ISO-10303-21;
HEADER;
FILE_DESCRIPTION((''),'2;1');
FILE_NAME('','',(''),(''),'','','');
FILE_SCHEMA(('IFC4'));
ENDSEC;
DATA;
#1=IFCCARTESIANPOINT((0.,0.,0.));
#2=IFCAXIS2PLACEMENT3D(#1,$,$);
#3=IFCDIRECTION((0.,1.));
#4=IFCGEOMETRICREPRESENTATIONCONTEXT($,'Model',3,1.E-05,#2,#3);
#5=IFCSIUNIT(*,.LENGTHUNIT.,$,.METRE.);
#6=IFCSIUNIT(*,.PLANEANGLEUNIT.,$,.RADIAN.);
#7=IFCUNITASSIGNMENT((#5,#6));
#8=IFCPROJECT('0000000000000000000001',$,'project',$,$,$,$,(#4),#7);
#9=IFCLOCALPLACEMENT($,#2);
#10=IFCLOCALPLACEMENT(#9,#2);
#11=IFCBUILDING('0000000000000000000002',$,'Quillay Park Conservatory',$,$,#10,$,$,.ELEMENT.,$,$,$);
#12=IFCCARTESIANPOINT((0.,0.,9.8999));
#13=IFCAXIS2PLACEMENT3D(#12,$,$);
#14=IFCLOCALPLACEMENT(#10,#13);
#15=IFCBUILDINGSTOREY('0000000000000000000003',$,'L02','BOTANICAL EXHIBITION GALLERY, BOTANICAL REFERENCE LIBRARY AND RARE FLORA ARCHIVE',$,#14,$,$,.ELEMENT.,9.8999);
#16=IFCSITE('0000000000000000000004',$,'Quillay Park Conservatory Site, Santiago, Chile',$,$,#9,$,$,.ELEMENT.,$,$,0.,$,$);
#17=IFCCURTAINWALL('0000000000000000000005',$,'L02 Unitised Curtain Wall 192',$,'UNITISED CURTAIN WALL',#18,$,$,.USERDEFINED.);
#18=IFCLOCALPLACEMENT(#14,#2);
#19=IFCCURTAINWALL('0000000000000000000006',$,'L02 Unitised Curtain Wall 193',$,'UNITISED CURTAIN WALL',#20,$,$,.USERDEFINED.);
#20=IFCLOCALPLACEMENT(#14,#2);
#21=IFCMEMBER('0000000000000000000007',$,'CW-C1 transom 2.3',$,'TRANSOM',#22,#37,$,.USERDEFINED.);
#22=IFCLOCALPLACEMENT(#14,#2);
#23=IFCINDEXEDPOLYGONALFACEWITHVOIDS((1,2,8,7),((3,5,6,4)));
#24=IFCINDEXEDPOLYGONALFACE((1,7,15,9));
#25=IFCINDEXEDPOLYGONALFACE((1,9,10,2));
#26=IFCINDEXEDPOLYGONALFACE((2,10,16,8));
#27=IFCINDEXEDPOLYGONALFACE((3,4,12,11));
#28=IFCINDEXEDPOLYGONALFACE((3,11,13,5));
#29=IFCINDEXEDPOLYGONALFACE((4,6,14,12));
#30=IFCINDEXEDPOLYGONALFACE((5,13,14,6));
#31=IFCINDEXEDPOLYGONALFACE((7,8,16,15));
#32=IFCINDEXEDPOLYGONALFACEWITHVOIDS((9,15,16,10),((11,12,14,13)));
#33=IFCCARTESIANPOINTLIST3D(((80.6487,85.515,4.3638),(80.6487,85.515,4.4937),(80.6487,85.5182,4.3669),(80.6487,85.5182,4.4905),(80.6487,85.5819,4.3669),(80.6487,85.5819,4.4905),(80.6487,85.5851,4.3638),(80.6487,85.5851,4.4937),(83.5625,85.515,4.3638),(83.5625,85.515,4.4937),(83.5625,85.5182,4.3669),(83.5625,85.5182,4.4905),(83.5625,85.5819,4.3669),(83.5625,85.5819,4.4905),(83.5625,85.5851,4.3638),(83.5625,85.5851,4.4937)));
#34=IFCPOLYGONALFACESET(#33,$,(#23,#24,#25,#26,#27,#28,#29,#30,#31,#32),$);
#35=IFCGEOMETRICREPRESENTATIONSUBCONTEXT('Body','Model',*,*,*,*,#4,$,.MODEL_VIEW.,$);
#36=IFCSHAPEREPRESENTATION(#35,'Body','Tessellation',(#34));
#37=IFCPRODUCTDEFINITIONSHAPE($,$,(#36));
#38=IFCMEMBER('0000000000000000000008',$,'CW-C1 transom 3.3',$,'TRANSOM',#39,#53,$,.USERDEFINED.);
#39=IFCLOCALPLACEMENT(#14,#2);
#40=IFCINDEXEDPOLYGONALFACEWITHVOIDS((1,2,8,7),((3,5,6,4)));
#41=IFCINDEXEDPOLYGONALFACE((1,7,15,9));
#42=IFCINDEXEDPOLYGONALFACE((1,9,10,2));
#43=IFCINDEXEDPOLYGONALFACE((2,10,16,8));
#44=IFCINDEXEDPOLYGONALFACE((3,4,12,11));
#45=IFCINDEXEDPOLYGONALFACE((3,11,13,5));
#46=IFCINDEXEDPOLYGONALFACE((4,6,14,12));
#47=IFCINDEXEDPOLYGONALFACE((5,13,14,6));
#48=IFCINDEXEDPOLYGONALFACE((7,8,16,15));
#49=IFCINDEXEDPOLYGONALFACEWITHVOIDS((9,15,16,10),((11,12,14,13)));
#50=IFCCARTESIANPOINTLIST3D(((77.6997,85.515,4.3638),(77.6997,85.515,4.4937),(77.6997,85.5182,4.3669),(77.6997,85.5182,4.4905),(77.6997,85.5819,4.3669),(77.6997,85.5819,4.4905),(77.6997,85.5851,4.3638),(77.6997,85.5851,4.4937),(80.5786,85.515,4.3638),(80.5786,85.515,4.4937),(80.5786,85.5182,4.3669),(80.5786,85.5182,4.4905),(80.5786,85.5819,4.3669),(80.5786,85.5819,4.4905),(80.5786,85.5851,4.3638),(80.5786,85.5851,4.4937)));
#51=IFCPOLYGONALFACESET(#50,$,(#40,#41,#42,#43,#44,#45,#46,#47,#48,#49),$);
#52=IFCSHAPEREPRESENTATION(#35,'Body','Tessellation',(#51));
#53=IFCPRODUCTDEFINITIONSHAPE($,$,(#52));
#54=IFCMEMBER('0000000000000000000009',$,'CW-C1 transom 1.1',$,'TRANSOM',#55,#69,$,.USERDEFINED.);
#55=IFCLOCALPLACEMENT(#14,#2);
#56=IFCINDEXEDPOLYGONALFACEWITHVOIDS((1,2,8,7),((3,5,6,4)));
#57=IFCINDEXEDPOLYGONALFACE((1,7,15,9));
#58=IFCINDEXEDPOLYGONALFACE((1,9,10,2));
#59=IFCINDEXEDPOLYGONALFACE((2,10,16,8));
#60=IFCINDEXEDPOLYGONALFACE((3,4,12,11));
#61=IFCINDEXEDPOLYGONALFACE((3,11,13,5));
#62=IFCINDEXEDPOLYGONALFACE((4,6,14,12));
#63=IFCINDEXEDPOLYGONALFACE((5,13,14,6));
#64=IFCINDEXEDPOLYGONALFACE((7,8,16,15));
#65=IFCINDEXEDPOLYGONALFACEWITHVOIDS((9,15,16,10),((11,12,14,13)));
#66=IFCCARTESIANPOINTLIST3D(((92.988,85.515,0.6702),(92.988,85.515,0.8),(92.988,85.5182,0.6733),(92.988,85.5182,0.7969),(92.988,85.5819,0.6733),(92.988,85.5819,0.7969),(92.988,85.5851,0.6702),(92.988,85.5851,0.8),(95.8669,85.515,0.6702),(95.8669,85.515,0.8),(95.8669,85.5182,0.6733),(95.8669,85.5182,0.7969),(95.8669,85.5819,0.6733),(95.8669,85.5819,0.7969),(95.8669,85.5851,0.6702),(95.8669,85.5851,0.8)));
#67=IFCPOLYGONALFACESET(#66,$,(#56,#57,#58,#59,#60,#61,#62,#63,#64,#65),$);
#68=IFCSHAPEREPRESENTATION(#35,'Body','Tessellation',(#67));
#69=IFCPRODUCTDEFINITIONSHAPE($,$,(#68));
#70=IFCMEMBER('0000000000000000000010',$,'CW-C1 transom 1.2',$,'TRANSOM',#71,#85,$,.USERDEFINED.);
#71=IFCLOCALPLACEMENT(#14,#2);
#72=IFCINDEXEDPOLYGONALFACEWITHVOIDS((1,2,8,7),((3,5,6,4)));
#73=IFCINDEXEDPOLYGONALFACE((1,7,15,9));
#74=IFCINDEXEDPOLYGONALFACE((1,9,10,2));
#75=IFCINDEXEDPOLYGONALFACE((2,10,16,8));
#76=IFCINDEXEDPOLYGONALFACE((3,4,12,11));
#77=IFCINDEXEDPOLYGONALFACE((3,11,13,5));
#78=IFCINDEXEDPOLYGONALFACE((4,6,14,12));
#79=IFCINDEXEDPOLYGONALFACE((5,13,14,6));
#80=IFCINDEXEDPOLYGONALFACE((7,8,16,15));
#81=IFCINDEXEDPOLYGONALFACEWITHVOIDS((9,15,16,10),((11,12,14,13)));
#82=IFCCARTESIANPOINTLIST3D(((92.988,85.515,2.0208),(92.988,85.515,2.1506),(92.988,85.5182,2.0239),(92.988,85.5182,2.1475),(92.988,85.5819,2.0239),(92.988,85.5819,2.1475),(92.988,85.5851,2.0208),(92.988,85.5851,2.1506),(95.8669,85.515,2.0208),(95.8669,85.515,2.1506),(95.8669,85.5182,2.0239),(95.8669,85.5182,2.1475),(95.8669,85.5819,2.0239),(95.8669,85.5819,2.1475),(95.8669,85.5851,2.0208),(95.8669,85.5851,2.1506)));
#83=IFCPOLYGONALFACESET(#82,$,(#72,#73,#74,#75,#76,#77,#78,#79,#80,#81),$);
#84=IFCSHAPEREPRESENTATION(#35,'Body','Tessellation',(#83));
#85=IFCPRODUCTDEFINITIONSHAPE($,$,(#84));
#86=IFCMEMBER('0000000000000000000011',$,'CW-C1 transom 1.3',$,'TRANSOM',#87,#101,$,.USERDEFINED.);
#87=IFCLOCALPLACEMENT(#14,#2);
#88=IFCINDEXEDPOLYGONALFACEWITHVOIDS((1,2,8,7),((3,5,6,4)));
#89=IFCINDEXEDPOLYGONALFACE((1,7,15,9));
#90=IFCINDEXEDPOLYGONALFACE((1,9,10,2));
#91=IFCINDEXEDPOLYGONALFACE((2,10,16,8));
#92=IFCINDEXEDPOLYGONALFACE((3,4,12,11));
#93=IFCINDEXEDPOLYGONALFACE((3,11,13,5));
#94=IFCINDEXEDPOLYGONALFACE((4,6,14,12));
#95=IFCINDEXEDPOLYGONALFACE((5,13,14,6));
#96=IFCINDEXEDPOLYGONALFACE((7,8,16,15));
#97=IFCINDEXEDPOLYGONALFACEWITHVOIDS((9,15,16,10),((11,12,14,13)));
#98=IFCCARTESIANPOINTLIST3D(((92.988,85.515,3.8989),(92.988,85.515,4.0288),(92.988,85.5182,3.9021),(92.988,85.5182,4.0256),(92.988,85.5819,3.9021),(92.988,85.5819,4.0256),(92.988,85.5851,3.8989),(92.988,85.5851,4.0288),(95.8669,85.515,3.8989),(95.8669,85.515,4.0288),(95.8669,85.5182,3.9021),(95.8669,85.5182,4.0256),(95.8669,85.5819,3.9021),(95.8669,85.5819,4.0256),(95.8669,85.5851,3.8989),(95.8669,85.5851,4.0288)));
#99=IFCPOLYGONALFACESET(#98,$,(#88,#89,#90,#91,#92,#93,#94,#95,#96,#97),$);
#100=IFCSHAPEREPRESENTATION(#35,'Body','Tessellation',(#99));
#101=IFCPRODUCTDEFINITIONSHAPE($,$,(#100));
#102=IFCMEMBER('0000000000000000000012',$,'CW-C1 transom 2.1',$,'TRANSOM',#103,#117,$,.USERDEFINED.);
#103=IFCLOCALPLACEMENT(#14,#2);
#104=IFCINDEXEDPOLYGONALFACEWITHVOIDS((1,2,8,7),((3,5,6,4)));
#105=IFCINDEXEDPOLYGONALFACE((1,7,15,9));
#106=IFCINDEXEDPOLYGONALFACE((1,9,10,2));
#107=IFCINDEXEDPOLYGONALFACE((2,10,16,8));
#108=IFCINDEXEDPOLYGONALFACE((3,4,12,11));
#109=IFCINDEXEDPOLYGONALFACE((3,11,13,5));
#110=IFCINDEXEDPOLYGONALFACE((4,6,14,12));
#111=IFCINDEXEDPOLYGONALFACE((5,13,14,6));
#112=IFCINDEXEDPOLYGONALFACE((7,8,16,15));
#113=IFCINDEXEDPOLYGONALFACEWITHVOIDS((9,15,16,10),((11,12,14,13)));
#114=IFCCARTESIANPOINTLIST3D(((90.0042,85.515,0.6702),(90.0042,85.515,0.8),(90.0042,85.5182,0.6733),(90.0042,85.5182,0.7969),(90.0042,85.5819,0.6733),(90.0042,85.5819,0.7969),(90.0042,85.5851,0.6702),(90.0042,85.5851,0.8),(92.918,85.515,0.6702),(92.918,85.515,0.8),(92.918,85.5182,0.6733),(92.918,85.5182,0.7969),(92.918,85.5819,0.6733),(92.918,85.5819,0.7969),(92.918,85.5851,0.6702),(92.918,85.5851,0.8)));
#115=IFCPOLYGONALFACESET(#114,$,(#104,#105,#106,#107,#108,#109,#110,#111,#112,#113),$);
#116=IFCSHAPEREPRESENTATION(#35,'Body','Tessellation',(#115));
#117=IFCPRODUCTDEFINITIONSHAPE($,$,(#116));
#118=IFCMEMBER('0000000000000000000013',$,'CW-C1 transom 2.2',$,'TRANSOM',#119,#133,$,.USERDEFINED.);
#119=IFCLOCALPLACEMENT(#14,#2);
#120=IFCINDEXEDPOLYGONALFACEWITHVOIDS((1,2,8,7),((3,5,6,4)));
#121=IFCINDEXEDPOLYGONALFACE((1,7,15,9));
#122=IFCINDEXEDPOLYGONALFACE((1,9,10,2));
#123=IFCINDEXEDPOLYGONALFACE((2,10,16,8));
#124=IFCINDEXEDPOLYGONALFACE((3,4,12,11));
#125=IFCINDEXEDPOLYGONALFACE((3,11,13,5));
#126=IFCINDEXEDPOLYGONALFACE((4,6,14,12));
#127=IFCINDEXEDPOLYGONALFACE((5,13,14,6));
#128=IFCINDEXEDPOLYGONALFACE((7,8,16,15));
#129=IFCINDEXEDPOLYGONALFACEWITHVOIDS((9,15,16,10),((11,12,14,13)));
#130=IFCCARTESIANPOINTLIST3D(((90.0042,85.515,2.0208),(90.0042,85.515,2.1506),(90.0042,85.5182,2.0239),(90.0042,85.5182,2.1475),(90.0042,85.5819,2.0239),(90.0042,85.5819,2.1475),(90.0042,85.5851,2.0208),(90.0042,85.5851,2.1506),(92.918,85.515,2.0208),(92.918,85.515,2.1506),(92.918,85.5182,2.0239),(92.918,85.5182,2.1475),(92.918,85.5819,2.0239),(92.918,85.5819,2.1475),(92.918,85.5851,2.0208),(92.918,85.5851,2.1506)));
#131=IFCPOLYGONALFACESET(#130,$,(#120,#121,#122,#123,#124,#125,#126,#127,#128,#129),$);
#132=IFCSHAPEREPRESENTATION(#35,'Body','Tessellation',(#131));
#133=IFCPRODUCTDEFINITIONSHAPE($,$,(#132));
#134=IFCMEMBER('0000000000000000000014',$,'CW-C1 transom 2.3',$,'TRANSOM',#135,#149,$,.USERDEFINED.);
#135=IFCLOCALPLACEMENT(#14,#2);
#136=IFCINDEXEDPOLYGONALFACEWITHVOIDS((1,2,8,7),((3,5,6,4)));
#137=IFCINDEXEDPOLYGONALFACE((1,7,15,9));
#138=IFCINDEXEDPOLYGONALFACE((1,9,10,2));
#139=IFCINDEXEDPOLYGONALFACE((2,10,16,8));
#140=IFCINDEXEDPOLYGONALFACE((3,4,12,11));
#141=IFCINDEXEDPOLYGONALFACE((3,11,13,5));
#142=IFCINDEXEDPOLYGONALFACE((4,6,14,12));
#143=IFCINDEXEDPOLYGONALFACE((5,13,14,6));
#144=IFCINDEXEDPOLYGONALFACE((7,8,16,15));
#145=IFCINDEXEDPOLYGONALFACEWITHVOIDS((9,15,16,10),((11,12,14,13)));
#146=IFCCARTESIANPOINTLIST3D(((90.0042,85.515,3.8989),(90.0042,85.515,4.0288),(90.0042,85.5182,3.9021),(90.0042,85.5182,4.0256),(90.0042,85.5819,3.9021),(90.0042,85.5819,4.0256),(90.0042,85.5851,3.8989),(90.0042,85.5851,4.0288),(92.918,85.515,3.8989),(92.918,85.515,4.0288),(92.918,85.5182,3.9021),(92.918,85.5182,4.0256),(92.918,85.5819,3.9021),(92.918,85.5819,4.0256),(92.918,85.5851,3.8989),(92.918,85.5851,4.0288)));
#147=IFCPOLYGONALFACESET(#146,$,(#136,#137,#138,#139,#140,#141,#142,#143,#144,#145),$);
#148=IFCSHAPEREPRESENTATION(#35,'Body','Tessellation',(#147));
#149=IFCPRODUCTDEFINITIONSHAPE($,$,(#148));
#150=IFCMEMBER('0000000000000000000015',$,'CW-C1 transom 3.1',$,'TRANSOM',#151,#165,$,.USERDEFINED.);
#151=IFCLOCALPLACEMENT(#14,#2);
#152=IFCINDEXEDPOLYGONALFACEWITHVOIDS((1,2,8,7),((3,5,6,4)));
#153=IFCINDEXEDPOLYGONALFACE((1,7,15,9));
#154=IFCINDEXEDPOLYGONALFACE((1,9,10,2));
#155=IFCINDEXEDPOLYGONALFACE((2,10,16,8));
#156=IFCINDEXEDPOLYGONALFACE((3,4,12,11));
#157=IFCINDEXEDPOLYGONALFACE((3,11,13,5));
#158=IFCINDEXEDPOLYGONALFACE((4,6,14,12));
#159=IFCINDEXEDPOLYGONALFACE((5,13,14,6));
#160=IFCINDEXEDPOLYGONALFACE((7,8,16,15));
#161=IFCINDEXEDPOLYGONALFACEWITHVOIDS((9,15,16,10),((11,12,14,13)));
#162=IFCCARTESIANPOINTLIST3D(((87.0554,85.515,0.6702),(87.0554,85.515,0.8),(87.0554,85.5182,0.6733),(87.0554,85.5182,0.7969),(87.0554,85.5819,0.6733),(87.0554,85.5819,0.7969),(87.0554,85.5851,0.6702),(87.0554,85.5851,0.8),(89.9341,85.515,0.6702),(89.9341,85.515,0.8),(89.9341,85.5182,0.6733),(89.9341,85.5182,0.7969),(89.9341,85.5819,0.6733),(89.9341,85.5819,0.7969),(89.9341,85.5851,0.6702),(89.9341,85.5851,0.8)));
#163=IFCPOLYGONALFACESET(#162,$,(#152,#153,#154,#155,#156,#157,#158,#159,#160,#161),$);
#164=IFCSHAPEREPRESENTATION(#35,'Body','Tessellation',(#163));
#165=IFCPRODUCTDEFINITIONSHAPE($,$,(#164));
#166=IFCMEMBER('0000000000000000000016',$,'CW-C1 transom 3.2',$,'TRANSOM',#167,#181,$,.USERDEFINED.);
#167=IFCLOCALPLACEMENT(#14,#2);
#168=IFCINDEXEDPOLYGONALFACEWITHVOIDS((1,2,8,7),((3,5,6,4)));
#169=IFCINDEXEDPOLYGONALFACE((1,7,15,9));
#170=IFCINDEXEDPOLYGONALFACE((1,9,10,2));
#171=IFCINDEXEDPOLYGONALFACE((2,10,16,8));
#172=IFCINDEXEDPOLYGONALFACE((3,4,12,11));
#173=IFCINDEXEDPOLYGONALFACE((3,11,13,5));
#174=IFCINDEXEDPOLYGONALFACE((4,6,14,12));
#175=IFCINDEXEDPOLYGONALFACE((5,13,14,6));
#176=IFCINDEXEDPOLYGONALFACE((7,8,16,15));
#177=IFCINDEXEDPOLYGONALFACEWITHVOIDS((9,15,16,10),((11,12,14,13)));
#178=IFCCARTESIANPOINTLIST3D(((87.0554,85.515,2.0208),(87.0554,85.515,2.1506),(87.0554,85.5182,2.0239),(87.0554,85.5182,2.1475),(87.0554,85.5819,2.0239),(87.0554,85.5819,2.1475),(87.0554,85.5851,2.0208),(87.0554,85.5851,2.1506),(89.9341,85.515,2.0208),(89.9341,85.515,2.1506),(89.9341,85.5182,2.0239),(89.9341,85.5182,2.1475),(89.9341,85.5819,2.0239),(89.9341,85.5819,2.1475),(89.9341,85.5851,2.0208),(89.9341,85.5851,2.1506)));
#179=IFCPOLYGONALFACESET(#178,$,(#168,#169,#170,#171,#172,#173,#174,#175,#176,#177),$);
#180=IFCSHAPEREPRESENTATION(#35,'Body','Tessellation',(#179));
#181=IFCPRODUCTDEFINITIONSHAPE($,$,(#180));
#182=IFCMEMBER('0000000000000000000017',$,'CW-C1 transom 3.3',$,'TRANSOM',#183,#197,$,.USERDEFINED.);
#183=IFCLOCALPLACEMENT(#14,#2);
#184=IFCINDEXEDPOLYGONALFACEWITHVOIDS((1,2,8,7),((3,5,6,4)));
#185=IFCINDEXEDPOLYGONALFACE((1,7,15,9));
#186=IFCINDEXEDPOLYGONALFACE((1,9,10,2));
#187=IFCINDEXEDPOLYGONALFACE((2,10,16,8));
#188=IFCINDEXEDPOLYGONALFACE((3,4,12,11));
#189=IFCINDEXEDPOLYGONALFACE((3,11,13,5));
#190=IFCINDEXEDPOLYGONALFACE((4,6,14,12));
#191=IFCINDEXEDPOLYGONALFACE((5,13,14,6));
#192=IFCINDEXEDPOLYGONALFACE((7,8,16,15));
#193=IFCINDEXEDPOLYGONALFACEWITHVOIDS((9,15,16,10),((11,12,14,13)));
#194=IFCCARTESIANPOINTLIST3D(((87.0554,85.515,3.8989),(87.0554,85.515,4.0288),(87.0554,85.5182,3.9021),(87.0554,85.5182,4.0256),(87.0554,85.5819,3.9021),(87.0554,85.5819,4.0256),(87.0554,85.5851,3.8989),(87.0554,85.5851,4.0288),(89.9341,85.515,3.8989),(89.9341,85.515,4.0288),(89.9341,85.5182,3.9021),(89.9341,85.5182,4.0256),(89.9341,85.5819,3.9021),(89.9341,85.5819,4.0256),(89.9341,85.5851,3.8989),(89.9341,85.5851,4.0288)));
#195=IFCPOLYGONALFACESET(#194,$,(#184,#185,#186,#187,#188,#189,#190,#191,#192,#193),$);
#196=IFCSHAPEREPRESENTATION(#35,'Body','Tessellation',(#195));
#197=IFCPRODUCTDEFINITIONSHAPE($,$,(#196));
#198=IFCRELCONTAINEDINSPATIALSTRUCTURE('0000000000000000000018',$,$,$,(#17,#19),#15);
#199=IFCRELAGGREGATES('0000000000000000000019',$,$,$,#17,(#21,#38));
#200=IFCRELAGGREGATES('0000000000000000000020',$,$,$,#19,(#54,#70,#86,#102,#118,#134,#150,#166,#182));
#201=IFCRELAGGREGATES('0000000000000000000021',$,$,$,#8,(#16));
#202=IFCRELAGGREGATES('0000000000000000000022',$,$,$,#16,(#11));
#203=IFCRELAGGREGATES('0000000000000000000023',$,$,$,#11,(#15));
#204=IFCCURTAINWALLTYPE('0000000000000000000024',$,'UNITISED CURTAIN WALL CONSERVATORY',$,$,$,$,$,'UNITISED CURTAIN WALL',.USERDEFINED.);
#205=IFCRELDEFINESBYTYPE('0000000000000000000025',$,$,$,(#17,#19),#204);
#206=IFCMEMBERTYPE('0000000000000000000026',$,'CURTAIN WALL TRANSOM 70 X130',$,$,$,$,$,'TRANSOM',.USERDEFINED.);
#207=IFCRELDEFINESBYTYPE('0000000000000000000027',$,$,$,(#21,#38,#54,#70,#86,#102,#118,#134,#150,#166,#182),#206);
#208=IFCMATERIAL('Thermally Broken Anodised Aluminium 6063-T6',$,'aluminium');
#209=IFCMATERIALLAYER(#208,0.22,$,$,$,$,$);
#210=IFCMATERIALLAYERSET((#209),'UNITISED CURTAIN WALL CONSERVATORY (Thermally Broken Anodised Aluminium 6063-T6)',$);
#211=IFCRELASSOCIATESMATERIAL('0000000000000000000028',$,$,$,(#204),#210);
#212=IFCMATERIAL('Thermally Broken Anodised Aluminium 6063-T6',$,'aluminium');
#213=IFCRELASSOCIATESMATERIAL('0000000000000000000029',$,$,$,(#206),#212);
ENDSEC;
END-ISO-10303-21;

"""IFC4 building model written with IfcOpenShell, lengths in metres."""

from ifc_helpers import new_model, si_unit, direction, frame, origin, origin_2d, place, context, subcontext, project, spatial, hollow_rectangle, extrude, material, layer, layer_set, material_profile, profile_set, type_object, element, aggregate, save


model = new_model("IFC4")

# Units and contexts
model_context = context("Model", 3, precision=1e-05, world=origin(), true_north=direction((0.0, 1.0)))
body_context = subcontext(model_context, "Body", "Model", "MODEL_VIEW")
ifc_project = project(units=[si_unit("LENGTHUNIT", "METRE"), si_unit("PLANEANGLEUNIT", "RADIAN")], contexts=[model_context])

# Site, building, storey
site_placement = place(None, origin())
site = spatial("IfcSite", under=ifc_project, at=site_placement, Name="Quillay Park Conservatory Site, Santiago, Chile", CompositionType="ELEMENT", RefElevation=0.0)
building_placement = place(site_placement, origin())
building = spatial("IfcBuilding", under=site, at=building_placement, Name="Quillay Park Conservatory", CompositionType="ELEMENT")
storey_placement = place(building_placement, frame((0.0, 0.0, 9.8999)))
storey = spatial("IfcBuildingStorey", under=building, at=storey_placement, Name="L02", Description="BOTANICAL EXHIBITION GALLERY, BOTANICAL REFERENCE LIBRARY AND RARE FLORA ARCHIVE", CompositionType="ELEMENT", Elevation=9.8999)

# Curtain walls
ifc_material_1 = material(Name="Thermally Broken Anodised Aluminium 6063-T6", Category="aluminium")
ifc_layer_1 = layer(ifc_material_1, 0.22)
ifc_layer_set_1 = layer_set([ifc_layer_1], Name="UNITISED CURTAIN WALL CONSERVATORY (Thermally Broken Anodised Aluminium 6063-T6)")
curtain_wall_type = type_object("IfcCurtainWallType", Name="UNITISED CURTAIN WALL CONSERVATORY", ElementType="UNITISED CURTAIN WALL", PredefinedType="USERDEFINED", material=ifc_layer_set_1)
curtain_wall_1_placement = place(storey_placement, origin())
curtain_wall_1 = element("IfcCurtainWall", 1, at=curtain_wall_1_placement, inside=storey, type_object=curtain_wall_type, Name="L02 Unitised Curtain Wall 192", ObjectType="UNITISED CURTAIN WALL", PredefinedType="USERDEFINED")
curtain_wall_2_placement = place(storey_placement, origin())
curtain_wall_2 = element("IfcCurtainWall", 2, at=curtain_wall_2_placement, inside=storey, type_object=curtain_wall_type, Name="L02 Unitised Curtain Wall 193", ObjectType="UNITISED CURTAIN WALL", PredefinedType="USERDEFINED")

# Members
ifc_material_2 = material(Name="Thermally Broken Anodised Aluminium 6063-T6", Category="aluminium")
ifc_material_profile_1 = material_profile(ifc_material_2, hollow_rectangle(XDim=0.0701, YDim=0.1299, WallThickness=0.0032, at=origin_2d()), Name="AL70x130x3.2")
ifc_profile_set_1 = profile_set([ifc_material_profile_1], Name="Thermally Broken Anodised Aluminium 6063-T6")
member_type_1 = type_object("IfcMemberType", Name="CURTAIN WALL TRANSOM 70 X130", ElementType="TRANSOM", PredefinedType="USERDEFINED", material=ifc_profile_set_1)
member_1_placement = place(storey_placement, frame((83.5625, 85.55, 4.4287), z_axis=(-1.0, 0.0, 0.0), x_axis=(0.0, -1.0, 0.0)))
member_1 = element("IfcMember", 3, at=member_1_placement, type_object=member_type_1, Name="CW-C1 transom 2.3", ObjectType="TRANSOM", PredefinedType="USERDEFINED", context=body_context, shape_type="SweptSolid", body=[
    extrude(hollow_rectangle(XDim=0.0701, YDim=0.1299, WallThickness=0.0032, at=origin_2d()), origin(), (0.0, 0.0, 1.0), 2.9138),
])
member_2_placement = place(storey_placement, frame((80.5786, 85.55, 4.4287), z_axis=(-1.0, 0.0, 0.0), x_axis=(0.0, -1.0, 0.0)))
member_2 = element("IfcMember", 4, at=member_2_placement, type_object=member_type_1, Name="CW-C1 transom 3.3", ObjectType="TRANSOM", PredefinedType="USERDEFINED", context=body_context, shape_type="SweptSolid", body=[
    extrude(hollow_rectangle(XDim=0.0701, YDim=0.1299, WallThickness=0.0032, at=origin_2d()), origin(), (0.0, 0.0, 1.0), 2.8789),
])
member_3_placement = place(storey_placement, frame((95.8669, 85.55, 0.7351), z_axis=(-1.0, 0.0, 0.0), x_axis=(0.0, -1.0, 0.0)))
member_3 = element("IfcMember", 5, at=member_3_placement, type_object=member_type_1, Name="CW-C1 transom 1.1", ObjectType="TRANSOM", PredefinedType="USERDEFINED", context=body_context, shape_type="SweptSolid", body=[
    extrude(hollow_rectangle(XDim=0.0701, YDim=0.1299, WallThickness=0.0032, at=origin_2d()), origin(), (0.0, 0.0, 1.0), 2.8789),
])
member_4_placement = place(storey_placement, frame((95.8669, 85.55, 2.0857), z_axis=(-1.0, 0.0, 0.0), x_axis=(0.0, -1.0, 0.0)))
member_4 = element("IfcMember", 6, at=member_4_placement, type_object=member_type_1, Name="CW-C1 transom 1.2", ObjectType="TRANSOM", PredefinedType="USERDEFINED", context=body_context, shape_type="SweptSolid", body=[
    extrude(hollow_rectangle(XDim=0.0701, YDim=0.1299, WallThickness=0.0032, at=origin_2d()), origin(), (0.0, 0.0, 1.0), 2.8789),
])
member_5_placement = place(storey_placement, frame((95.8669, 85.55, 3.9639), z_axis=(-1.0, 0.0, 0.0), x_axis=(0.0, -1.0, 0.0)))
member_5 = element("IfcMember", 7, at=member_5_placement, type_object=member_type_1, Name="CW-C1 transom 1.3", ObjectType="TRANSOM", PredefinedType="USERDEFINED", context=body_context, shape_type="SweptSolid", body=[
    extrude(hollow_rectangle(XDim=0.0701, YDim=0.1299, WallThickness=0.0032, at=origin_2d()), origin(), (0.0, 0.0, 1.0), 2.8789),
])
member_6_placement = place(storey_placement, frame((92.918, 85.55, 0.7351), z_axis=(-1.0, 0.0, 0.0), x_axis=(0.0, -1.0, 0.0)))
member_6 = element("IfcMember", 8, at=member_6_placement, type_object=member_type_1, Name="CW-C1 transom 2.1", ObjectType="TRANSOM", PredefinedType="USERDEFINED", context=body_context, shape_type="SweptSolid", body=[
    extrude(hollow_rectangle(XDim=0.0701, YDim=0.1299, WallThickness=0.0032, at=origin_2d()), origin(), (0.0, 0.0, 1.0), 2.9138),
])
member_7_placement = place(storey_placement, frame((92.918, 85.55, 2.0857), z_axis=(-1.0, 0.0, 0.0), x_axis=(0.0, -1.0, 0.0)))
member_7 = element("IfcMember", 9, at=member_7_placement, type_object=member_type_1, Name="CW-C1 transom 2.2", ObjectType="TRANSOM", PredefinedType="USERDEFINED", context=body_context, shape_type="SweptSolid", body=[
    extrude(hollow_rectangle(XDim=0.0701, YDim=0.1299, WallThickness=0.0032, at=origin_2d()), origin(), (0.0, 0.0, 1.0), 2.9138),
])
member_8_placement = place(storey_placement, frame((92.918, 85.55, 3.9639), z_axis=(-1.0, 0.0, 0.0), x_axis=(0.0, -1.0, 0.0)))
member_8 = element("IfcMember", 10, at=member_8_placement, type_object=member_type_1, Name="CW-C1 transom 2.3", ObjectType="TRANSOM", PredefinedType="USERDEFINED", context=body_context, shape_type="SweptSolid", body=[
    extrude(hollow_rectangle(XDim=0.0701, YDim=0.1299, WallThickness=0.0032, at=origin_2d()), origin(), (0.0, 0.0, 1.0), 2.9138),
])
member_9_placement = place(storey_placement, frame((89.9341, 85.55, 0.7351), z_axis=(-1.0, 0.0, 0.0), x_axis=(0.0, -1.0, 0.0)))
member_9 = element("IfcMember", 11, at=member_9_placement, type_object=member_type_1, Name="CW-C1 transom 3.1", ObjectType="TRANSOM", PredefinedType="USERDEFINED", context=body_context, shape_type="SweptSolid", body=[
    extrude(hollow_rectangle(XDim=0.0701, YDim=0.1299, WallThickness=0.0032, at=origin_2d()), origin(), (0.0, 0.0, 1.0), 2.8787),
])
member_10_placement = place(storey_placement, frame((89.9341, 85.55, 2.0857), z_axis=(-1.0, 0.0, 0.0), x_axis=(0.0, -1.0, 0.0)))
member_10 = element("IfcMember", 12, at=member_10_placement, type_object=member_type_1, Name="CW-C1 transom 3.2", ObjectType="TRANSOM", PredefinedType="USERDEFINED", context=body_context, shape_type="SweptSolid", body=[
    extrude(hollow_rectangle(XDim=0.0701, YDim=0.1299, WallThickness=0.0032, at=origin_2d()), origin(), (0.0, 0.0, 1.0), 2.8787),
])
member_11_placement = place(storey_placement, frame((89.9341, 85.55, 3.9639), z_axis=(-1.0, 0.0, 0.0), x_axis=(0.0, -1.0, 0.0)))
member_11 = element("IfcMember", 13, at=member_11_placement, type_object=member_type_1, Name="CW-C1 transom 3.3", ObjectType="TRANSOM", PredefinedType="USERDEFINED", context=body_context, shape_type="SweptSolid", body=[
    extrude(hollow_rectangle(XDim=0.0701, YDim=0.1299, WallThickness=0.0032, at=origin_2d()), origin(), (0.0, 0.0, 1.0), 2.8787),
])

aggregate(curtain_wall_1, [member_1, member_2])
aggregate(curtain_wall_2, [member_3, member_4, member_5, member_6, member_7, member_8, member_9, member_10, member_11])

save(model, "model.ifc")
